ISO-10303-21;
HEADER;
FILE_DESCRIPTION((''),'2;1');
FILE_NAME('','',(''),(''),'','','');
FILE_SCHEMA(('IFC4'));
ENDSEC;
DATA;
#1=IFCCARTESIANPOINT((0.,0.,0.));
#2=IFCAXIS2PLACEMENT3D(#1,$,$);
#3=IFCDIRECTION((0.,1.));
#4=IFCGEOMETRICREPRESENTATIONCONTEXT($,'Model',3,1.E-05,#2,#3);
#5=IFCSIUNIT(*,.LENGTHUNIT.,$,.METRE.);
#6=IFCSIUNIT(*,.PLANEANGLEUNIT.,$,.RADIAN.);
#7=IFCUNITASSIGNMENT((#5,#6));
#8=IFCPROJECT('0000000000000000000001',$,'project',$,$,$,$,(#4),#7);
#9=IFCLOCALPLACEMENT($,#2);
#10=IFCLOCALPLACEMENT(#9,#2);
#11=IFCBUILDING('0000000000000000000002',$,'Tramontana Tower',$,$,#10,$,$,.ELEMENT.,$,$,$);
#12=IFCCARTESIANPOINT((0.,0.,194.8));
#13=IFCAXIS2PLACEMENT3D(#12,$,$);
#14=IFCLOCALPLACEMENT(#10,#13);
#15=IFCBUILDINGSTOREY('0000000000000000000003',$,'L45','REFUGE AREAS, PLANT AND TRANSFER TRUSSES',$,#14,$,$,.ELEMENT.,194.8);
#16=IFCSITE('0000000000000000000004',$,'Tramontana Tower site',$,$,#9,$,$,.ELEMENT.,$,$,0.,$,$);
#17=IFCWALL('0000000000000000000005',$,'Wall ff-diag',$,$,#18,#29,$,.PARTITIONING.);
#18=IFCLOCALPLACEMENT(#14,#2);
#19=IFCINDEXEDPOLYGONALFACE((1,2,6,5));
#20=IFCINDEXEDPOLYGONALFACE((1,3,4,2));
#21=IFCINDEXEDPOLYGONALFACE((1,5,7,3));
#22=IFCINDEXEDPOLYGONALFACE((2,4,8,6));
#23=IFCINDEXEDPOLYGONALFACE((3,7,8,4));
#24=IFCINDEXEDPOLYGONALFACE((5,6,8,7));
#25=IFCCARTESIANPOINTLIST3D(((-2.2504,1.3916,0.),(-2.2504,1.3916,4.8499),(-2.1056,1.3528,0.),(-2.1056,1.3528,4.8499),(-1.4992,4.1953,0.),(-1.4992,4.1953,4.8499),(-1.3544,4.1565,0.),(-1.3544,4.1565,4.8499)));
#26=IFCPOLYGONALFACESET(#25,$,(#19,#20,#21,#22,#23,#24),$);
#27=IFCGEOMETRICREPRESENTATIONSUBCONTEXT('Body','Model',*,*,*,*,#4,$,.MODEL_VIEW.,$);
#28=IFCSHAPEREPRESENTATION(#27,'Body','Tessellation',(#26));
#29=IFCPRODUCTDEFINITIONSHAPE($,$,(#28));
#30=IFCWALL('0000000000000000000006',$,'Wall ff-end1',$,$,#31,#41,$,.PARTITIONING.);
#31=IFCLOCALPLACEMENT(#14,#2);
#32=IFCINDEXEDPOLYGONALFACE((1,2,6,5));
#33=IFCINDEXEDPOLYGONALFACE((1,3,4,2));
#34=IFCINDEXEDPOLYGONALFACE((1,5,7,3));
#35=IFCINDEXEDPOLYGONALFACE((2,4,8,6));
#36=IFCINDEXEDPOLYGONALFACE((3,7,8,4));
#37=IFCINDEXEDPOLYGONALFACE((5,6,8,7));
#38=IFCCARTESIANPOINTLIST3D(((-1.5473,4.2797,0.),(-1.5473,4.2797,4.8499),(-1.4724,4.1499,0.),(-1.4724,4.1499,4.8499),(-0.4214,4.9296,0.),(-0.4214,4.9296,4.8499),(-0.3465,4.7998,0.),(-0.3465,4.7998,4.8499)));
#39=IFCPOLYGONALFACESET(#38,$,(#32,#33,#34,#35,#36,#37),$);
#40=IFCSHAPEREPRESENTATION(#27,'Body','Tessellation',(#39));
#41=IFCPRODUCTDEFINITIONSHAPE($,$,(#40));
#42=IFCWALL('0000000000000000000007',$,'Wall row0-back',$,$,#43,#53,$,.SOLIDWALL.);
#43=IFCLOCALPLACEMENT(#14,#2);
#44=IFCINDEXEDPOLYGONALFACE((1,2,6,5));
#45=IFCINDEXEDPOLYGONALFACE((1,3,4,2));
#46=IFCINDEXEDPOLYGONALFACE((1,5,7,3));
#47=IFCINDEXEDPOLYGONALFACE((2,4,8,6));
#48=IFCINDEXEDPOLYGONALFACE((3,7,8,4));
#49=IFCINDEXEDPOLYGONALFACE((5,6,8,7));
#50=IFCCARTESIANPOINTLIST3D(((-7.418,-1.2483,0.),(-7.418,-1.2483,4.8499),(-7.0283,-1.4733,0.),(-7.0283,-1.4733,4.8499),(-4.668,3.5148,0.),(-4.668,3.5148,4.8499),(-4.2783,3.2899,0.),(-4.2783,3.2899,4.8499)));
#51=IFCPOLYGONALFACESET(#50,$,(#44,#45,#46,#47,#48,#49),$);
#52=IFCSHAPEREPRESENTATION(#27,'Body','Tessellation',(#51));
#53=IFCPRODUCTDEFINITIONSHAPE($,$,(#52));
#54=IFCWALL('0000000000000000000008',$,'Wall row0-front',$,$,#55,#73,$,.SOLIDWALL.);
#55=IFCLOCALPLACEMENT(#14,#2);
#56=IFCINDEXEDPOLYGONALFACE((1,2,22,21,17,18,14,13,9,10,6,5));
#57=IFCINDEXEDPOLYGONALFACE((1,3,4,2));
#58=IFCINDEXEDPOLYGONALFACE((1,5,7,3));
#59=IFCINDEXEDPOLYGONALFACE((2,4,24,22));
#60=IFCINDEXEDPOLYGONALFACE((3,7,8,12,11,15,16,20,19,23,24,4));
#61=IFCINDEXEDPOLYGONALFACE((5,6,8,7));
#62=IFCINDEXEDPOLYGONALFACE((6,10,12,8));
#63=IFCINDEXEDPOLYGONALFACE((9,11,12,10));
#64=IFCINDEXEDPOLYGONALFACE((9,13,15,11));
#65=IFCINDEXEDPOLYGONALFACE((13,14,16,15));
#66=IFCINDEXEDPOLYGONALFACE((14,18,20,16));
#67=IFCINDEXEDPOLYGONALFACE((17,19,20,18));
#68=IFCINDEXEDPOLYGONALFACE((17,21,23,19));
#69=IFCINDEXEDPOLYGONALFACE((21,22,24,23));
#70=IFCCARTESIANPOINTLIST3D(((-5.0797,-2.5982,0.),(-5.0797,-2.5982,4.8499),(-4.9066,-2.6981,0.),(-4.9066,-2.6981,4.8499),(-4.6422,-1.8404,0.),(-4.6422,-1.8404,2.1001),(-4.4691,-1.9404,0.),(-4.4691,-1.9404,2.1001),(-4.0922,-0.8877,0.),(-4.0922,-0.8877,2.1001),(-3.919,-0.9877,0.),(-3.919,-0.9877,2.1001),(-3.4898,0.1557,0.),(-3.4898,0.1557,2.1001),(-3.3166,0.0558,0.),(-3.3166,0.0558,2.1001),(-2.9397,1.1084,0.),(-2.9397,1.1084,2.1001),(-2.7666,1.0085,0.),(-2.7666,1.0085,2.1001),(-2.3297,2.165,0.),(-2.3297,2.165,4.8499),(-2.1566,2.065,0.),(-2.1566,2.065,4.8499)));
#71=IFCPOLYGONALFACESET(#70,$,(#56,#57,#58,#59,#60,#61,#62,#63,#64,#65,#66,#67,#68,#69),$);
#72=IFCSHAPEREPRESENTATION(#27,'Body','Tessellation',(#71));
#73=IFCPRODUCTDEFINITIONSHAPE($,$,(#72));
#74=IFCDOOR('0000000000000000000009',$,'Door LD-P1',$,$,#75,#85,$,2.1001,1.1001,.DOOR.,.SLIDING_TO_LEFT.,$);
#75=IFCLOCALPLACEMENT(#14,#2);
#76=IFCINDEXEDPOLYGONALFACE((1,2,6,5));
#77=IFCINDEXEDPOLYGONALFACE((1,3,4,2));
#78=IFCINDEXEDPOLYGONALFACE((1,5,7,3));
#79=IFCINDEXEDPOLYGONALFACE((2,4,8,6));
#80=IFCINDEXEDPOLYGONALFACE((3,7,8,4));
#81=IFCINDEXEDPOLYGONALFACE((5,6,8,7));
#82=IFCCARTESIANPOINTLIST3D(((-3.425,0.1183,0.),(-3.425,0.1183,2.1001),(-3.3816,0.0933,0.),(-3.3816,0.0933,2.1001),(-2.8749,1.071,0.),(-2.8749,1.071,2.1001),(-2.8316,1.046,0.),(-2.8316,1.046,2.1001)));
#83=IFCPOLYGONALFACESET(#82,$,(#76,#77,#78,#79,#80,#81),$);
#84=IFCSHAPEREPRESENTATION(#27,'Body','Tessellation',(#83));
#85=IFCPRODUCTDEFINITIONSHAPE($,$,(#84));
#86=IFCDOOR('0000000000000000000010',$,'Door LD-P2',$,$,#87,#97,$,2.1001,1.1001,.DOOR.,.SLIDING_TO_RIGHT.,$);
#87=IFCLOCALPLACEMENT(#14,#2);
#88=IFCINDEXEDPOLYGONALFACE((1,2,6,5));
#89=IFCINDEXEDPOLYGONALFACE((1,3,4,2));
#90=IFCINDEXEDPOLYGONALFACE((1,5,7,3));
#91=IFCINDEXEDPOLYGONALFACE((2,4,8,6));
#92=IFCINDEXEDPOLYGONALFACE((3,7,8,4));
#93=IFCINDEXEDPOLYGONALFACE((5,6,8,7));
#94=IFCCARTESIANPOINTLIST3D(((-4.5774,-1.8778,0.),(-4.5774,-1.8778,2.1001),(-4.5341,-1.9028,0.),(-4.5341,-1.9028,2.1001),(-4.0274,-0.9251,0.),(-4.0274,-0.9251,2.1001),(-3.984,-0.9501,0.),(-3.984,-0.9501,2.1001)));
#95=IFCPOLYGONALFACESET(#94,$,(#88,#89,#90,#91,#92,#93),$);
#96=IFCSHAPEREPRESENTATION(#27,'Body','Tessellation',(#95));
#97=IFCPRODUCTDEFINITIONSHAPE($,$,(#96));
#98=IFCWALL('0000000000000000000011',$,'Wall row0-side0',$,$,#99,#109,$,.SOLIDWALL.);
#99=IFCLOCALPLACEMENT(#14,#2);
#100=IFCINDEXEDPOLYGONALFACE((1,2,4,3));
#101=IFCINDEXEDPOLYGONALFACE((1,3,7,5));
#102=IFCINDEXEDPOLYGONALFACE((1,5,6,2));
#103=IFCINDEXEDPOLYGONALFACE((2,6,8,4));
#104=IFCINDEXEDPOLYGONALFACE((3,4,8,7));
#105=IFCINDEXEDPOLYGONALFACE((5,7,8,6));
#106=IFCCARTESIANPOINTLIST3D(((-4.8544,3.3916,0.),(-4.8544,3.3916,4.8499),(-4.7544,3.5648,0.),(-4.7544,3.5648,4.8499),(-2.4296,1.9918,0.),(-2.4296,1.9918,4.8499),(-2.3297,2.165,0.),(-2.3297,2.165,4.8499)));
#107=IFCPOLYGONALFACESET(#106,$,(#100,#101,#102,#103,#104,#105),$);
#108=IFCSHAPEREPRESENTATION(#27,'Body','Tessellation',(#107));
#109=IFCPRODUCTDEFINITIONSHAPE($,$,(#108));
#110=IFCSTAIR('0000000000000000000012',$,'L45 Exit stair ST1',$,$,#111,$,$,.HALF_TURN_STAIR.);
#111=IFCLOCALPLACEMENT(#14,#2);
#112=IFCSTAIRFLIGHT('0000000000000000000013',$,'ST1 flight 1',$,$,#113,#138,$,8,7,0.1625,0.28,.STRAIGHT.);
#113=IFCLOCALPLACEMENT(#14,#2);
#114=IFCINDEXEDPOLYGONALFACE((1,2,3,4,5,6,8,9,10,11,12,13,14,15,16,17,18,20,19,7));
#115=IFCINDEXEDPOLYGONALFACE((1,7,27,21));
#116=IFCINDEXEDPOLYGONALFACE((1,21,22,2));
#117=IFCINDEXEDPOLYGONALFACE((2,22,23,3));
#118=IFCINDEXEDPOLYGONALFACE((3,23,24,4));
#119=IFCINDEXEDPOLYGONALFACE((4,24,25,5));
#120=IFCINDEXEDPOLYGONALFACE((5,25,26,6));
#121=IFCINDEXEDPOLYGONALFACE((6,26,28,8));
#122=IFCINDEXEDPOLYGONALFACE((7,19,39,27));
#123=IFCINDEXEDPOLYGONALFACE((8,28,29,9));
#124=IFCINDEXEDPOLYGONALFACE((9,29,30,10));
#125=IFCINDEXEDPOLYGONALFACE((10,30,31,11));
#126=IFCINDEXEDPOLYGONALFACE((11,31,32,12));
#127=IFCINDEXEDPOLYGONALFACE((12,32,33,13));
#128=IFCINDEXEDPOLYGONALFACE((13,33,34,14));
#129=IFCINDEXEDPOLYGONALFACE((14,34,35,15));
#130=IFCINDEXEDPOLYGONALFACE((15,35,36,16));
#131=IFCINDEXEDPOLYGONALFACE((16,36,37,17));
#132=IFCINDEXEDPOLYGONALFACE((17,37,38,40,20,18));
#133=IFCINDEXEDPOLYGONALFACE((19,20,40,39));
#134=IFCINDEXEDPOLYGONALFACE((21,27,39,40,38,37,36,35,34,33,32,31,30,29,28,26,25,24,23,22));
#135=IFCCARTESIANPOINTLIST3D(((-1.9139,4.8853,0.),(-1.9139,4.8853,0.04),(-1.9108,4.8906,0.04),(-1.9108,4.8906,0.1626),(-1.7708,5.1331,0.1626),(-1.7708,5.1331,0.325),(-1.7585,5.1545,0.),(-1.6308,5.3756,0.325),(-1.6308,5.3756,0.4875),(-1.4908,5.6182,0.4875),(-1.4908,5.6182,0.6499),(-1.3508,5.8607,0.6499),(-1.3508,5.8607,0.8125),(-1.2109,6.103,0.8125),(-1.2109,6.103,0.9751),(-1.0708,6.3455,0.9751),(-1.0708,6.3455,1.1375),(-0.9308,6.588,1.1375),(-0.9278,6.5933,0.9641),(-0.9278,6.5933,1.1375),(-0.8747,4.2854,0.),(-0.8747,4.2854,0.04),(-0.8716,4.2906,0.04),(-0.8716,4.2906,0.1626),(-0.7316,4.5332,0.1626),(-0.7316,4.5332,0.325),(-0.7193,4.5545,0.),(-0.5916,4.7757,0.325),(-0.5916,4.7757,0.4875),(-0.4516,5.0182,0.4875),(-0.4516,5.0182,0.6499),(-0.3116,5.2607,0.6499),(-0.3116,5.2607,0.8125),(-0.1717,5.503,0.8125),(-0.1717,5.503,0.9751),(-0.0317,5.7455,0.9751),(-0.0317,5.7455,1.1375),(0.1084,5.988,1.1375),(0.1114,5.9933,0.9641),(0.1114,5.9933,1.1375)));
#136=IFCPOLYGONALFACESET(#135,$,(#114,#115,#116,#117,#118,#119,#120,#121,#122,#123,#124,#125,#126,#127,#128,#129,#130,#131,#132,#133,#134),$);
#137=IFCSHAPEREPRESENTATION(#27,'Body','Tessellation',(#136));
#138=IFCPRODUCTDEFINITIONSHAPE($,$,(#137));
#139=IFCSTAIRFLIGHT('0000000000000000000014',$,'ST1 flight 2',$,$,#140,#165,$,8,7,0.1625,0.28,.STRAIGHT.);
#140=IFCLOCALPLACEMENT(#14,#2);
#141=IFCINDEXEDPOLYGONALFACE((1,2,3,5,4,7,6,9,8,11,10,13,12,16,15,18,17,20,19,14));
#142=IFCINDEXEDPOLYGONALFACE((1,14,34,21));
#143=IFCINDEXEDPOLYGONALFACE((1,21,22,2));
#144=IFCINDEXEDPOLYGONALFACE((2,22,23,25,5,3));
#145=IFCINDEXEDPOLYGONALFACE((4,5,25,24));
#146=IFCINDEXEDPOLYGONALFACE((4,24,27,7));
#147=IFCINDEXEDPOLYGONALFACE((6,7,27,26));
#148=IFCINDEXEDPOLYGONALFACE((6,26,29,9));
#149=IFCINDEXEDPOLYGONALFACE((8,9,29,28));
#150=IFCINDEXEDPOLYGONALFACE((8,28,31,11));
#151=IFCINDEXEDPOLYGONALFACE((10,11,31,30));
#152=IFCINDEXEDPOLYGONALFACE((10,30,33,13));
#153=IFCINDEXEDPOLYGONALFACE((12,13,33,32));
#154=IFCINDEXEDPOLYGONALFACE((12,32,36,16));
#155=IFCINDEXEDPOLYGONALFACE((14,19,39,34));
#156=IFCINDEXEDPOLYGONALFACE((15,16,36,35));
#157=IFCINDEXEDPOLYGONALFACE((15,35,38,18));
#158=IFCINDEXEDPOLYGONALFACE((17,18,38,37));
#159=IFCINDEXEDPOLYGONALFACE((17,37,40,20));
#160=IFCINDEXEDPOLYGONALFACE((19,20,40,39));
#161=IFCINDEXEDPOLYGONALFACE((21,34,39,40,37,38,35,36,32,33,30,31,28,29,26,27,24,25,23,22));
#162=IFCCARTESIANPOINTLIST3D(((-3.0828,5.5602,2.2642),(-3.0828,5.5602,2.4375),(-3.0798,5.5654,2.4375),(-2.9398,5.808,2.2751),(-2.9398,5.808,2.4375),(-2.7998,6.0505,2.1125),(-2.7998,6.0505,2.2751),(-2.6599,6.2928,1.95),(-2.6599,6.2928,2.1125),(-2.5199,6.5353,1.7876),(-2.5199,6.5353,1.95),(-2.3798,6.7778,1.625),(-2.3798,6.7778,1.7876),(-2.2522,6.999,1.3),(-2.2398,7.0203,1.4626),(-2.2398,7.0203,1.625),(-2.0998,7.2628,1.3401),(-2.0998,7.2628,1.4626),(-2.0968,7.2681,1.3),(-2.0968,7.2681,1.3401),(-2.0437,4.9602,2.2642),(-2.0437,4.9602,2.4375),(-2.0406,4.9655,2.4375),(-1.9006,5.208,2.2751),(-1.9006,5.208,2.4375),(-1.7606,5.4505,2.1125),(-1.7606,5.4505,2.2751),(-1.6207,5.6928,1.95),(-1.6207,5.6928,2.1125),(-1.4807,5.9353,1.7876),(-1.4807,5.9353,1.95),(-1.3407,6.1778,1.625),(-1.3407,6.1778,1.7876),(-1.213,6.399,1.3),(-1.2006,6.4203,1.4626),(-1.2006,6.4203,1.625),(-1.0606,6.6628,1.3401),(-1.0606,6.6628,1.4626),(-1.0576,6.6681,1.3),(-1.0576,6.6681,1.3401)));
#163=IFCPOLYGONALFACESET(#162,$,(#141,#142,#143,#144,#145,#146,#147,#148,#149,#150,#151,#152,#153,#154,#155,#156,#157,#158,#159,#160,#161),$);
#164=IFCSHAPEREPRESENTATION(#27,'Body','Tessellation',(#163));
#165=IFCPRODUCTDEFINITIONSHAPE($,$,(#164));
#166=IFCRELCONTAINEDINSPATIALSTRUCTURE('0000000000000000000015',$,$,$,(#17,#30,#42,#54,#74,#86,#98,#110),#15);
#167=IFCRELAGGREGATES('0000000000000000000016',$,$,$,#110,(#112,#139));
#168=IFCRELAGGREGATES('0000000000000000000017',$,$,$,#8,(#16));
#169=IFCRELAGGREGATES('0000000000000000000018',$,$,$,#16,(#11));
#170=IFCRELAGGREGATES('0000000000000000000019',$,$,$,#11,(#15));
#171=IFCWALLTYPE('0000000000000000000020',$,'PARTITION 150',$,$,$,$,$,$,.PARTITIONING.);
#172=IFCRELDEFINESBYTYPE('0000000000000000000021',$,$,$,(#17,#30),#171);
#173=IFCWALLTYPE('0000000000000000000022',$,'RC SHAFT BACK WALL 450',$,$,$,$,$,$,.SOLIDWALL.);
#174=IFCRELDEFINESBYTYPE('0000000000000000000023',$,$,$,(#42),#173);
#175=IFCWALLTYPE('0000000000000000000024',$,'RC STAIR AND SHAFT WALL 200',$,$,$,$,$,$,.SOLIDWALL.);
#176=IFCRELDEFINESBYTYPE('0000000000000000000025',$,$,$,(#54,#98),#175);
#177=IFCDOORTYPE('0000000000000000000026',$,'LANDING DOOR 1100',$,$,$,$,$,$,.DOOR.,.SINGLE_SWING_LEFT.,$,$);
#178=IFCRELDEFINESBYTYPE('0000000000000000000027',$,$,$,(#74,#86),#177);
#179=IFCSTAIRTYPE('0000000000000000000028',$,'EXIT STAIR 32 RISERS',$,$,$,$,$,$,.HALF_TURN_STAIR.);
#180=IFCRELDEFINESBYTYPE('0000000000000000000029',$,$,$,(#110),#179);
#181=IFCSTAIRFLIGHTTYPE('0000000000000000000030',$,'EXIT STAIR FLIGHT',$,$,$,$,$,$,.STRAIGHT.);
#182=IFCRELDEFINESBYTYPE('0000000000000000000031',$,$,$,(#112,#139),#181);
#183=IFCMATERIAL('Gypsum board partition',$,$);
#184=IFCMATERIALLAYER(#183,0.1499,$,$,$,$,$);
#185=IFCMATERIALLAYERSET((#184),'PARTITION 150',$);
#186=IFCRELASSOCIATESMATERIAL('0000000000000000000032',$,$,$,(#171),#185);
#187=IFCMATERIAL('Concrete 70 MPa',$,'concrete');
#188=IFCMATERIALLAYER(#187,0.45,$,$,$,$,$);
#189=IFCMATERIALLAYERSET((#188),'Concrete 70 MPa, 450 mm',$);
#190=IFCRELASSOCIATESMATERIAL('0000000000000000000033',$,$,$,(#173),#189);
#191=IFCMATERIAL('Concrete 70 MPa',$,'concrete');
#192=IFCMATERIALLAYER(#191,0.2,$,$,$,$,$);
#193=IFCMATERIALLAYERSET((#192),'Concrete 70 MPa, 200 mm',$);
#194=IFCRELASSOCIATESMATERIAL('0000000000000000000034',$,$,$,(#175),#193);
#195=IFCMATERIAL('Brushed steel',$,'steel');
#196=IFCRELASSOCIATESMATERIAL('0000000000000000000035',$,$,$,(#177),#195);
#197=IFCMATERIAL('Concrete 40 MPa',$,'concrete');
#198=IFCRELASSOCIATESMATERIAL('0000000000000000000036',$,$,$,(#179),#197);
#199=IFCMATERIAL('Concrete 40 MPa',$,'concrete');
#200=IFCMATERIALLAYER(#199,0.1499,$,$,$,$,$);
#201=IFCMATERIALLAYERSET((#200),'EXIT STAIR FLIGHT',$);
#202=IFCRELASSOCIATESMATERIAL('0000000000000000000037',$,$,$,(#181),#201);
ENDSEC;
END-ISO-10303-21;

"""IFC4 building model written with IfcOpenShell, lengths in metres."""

from ifc_helpers import new_model, si_unit, direction, frame, frame_2d, origin, place, context, subcontext, project, spatial, polyline, rectangle, outline, extrude, material, layer, layer_set, type_object, element, fill, aggregate, save


model = new_model("IFC4")

# Units and contexts
model_context = context("Model", 3, precision=1e-05, world=origin(), true_north=direction((0.0, 1.0)))
body_context = subcontext(model_context, "Body", "Model", "MODEL_VIEW")
ifc_project = project(units=[si_unit("LENGTHUNIT", "METRE"), si_unit("PLANEANGLEUNIT", "RADIAN")], contexts=[model_context])

# Site, building, storey
site_placement = place(None, origin())
site = spatial("IfcSite", under=ifc_project, at=site_placement, Name="Tramontana Tower site", CompositionType="ELEMENT", RefElevation=0.0)
building_placement = place(site_placement, origin())
building = spatial("IfcBuilding", under=site, at=building_placement, Name="Tramontana Tower", CompositionType="ELEMENT")
storey_placement = place(building_placement, frame((0.0, 0.0, 194.8)))
storey = spatial("IfcBuildingStorey", under=building, at=storey_placement, Name="L45", Description="REFUGE AREAS, PLANT AND TRANSFER TRUSSES", CompositionType="ELEMENT", Elevation=194.8)

# Walls
ifc_material_1 = material(Name="Gypsum board partition")
ifc_layer_1 = layer(ifc_material_1, 0.1499)
ifc_layer_set_1 = layer_set([ifc_layer_1], Name="PARTITION 150")
wall_type_1 = type_object("IfcWallType", Name="PARTITION 150", PredefinedType="PARTITIONING", material=ifc_layer_set_1)
wall_1_placement = place(storey_placement, frame((-2.178, 1.3723, 0.0), z_axis=(0.0, 0.0, 1.0), x_axis=(0.258809, 0.965929, 0.0)))
element("IfcWall", 1, at=wall_1_placement, inside=storey, type_object=wall_type_1, Name="Wall ff-diag", PredefinedType="PARTITIONING", context=body_context, shape_type="SweptSolid", body=[
    extrude(rectangle(XDim=2.9026, YDim=0.1499, at=frame_2d((1.4512, 0.0))), origin(), (0.0, 0.0, 1.0), 4.8499),
])
wall_2_placement = place(storey_placement, frame((-1.5098, 4.2148, 0.0), z_axis=(0.0, 0.0, 1.0), x_axis=(0.866086, 0.499896, 0.0)))
element("IfcWall", 2, at=wall_2_placement, inside=storey, type_object=wall_type_1, Name="Wall ff-end1", PredefinedType="PARTITIONING", context=body_context, shape_type="SweptSolid", body=[
    extrude(rectangle(XDim=1.3, YDim=0.1499, at=frame_2d((0.6499, 0.0))), origin(), (0.0, 0.0, 1.0), 4.8499),
])
ifc_material_2 = material(Name="Concrete 70 MPa", Category="concrete")
ifc_layer_2 = layer(ifc_material_2, 0.45)
ifc_layer_set_2 = layer_set([ifc_layer_2], Name="Concrete 70 MPa, 450 mm")
wall_type_2 = type_object("IfcWallType", Name="RC SHAFT BACK WALL 450", PredefinedType="SOLIDWALL", material=ifc_layer_set_2)
wall_3_placement = place(storey_placement, frame((-4.4731, 3.4023, 0.0), z_axis=(0.0, 0.0, 1.0), x_axis=(-0.499997, -0.866027, 0.0)))
element("IfcWall", 3, at=wall_3_placement, inside=storey, type_object=wall_type_2, Name="Wall row0-back", PredefinedType="SOLIDWALL", context=body_context, shape_type="SweptSolid", body=[
    extrude(rectangle(XDim=5.5, YDim=0.45, at=frame_2d((2.75, 0.0))), origin(), (0.0, 0.0, 1.0), 4.8499),
])

# Shared definitions
ifc_material_3 = material(Name="Concrete 70 MPa", Category="concrete")
ifc_layer_3 = layer(ifc_material_3, 0.2)
ifc_layer_set_3 = layer_set([ifc_layer_3], Name="Concrete 70 MPa, 200 mm")
wall_type_3 = type_object("IfcWallType", Name="RC STAIR AND SHAFT WALL 200", PredefinedType="SOLIDWALL", material=ifc_layer_set_3)

# Wall, openings, doors
wall_4_placement = place(storey_placement, frame((-2.2432, 2.115, 0.0), z_axis=(0.0, 0.0, 1.0), x_axis=(-0.499997, -0.866027, 0.0)))
wall_4 = element("IfcWall", 4, at=wall_4_placement, inside=storey, type_object=wall_type_3, Name="Wall row0-front", PredefinedType="SOLIDWALL", context=body_context, shape_type="SweptSolid", body=[
    extrude(rectangle(XDim=5.5, YDim=0.2, at=frame_2d((2.75, 0.0))), origin(), (0.0, 0.0, 1.0), 4.8499),
])
opening_1_placement = place(wall_4_placement, frame((1.22, 0.0, 0.0)))
opening_1 = element("IfcOpeningElement", 5, at=opening_1_placement, cuts=wall_4, PredefinedType="OPENING", context=body_context, shape_type="SweptSolid", body=[
    extrude(rectangle(XDim=1.1001, YDim=2.1001, at=frame_2d((0.55, 1.05))), frame((0.0, 0.1099, 0.0), z_axis=(0.0, -1.0, 0.0), x_axis=(1.0, 0.0, 0.0)), (0.0, 0.0, 1.0), 0.22),
])
opening_2_placement = place(wall_4_placement, frame((3.5249, 0.0, 0.0)))
opening_2 = element("IfcOpeningElement", 6, at=opening_2_placement, cuts=wall_4, PredefinedType="OPENING", context=body_context, shape_type="SweptSolid", body=[
    extrude(rectangle(XDim=1.1001, YDim=2.1001, at=frame_2d((0.55, 1.05))), frame((0.0, 0.1099, 0.0), z_axis=(0.0, -1.0, 0.0), x_axis=(1.0, 0.0, 0.0)), (0.0, 0.0, 1.0), 0.22),
])
ifc_material_4 = material(Name="Brushed steel", Category="steel")
door_type_1 = type_object("IfcDoorType", Name="LANDING DOOR 1100", OperationType="SINGLE_SWING_LEFT", PredefinedType="DOOR", material=ifc_material_4)
door_1_placement = place(opening_1_placement, origin())
door_1 = element("IfcDoor", 7, at=door_1_placement, inside=storey, type_object=door_type_1, Name="Door LD-P1", OperationType="SLIDING_TO_LEFT", OverallHeight=2.1001, OverallWidth=1.1001, PredefinedType="DOOR", context=body_context, shape_type="SweptSolid", body=[
    extrude(rectangle(XDim=1.1001, YDim=2.1001, at=frame_2d((0.55, 1.05))), frame((0.0, 0.0249, 0.0), z_axis=(0.0, -1.0, 0.0), x_axis=(1.0, 0.0, 0.0)), (0.0, 0.0, 1.0), 0.05),
])
fill(opening_1, door_1)
door_2_placement = place(opening_2_placement, origin())
door_2 = element("IfcDoor", 8, at=door_2_placement, inside=storey, type_object=door_type_1, Name="Door LD-P2", OperationType="SLIDING_TO_RIGHT", OverallHeight=2.1001, OverallWidth=1.1001, PredefinedType="DOOR", context=body_context, shape_type="SweptSolid", body=[
    extrude(rectangle(XDim=1.1001, YDim=2.1001, at=frame_2d((0.55, 1.05))), frame((0.0, 0.0249, 0.0), z_axis=(0.0, -1.0, 0.0), x_axis=(1.0, 0.0, 0.0)), (0.0, 0.0, 1.0), 0.05),
])
fill(opening_2, door_2)

# Wall
wall_5_placement = place(storey_placement, frame((-2.3796, 2.0784, 0.0), z_axis=(0.0, 0.0, 1.0), x_axis=(-0.866035, 0.499984, 0.0)))
element("IfcWall", 9, at=wall_5_placement, inside=storey, type_object=wall_type_3, Name="Wall row0-side0", PredefinedType="SOLIDWALL", context=body_context, shape_type="SweptSolid", body=[
    extrude(rectangle(XDim=2.7998, YDim=0.2, at=frame_2d((1.3999, 0.0))), origin(), (0.0, 0.0, 1.0), 4.8499),
])

# Stair, stair flights
ifc_material_5 = material(Name="Concrete 40 MPa", Category="concrete")
stair_type = type_object("IfcStairType", Name="EXIT STAIR 32 RISERS", PredefinedType="HALF_TURN_STAIR", material=ifc_material_5)
stair_placement = place(storey_placement, origin())
stair = element("IfcStair", 10, at=stair_placement, inside=storey, type_object=stair_type, Name="L45 Exit stair ST1", PredefinedType="HALF_TURN_STAIR")
ifc_material_6 = material(Name="Concrete 40 MPa", Category="concrete")
ifc_layer_4 = layer(ifc_material_6, 0.1499)
ifc_layer_set_4 = layer_set([ifc_layer_4], Name="EXIT STAIR FLIGHT")
stair_flight_type = type_object("IfcStairFlightType", Name="EXIT STAIR FLIGHT", PredefinedType="STRAIGHT", material=ifc_layer_set_4)
stair_flight_1_placement = place(storey_placement, frame((-1.3911, 4.5906, 0.0), z_axis=(0.0, 0.0, 1.0), x_axis=(0.5, 0.866025, 0.0)))
stair_flight_1 = element("IfcStairFlight", 11, at=stair_flight_1_placement, type_object=stair_flight_type, Name="ST1 flight 1", NumberOfRisers=8, NumberOfTreads=7, PredefinedType="STRAIGHT", RiserHeight=0.1625, TreadLength=0.28, context=body_context, shape_type="SweptSolid", body=[
    extrude(outline(polyline([(-0.0061, 0.0), (-0.0061, 0.04), (0.0, 0.04), (0.0, 0.1626), (0.28, 0.1626), (0.28, 0.325), (0.5601, 0.325), (0.5601, 0.4875), (0.8401, 0.4875), (0.8401, 0.6499), (1.1201, 0.6499), (1.1201, 0.8125), (1.3999, 0.8125), (1.3999, 0.9751), (1.6799, 0.9751), (1.6799, 1.1375), (1.96, 1.1375), (1.9661, 1.1375), (1.9661, 0.9641), (0.3047, 0.0), (-0.0061, 0.0)])), frame((0.0, 0.6001, 0.0), z_axis=(0.0, -1.0, 0.0), x_axis=(1.0, 0.0, 0.0)), (0.0, 0.0, 1.0), 1.2),
])
stair_flight_2_placement = place(storey_placement, frame((-1.5803, 6.9629, 1.3), z_axis=(0.0, 0.0, 1.0), x_axis=(-0.5, -0.866025, 0.0)))
stair_flight_2 = element("IfcStairFlight", 12, at=stair_flight_2_placement, type_object=stair_flight_type, Name="ST1 flight 2", NumberOfRisers=8, NumberOfTreads=7, PredefinedType="STRAIGHT", RiserHeight=0.1625, TreadLength=0.28, context=body_context, shape_type="SweptSolid", body=[
    extrude(outline(polyline([(-0.0061, 0.0), (-0.0061, 0.04), (0.0, 0.04), (0.0, 0.1626), (0.28, 0.1626), (0.28, 0.325), (0.5601, 0.325), (0.5601, 0.4875), (0.8401, 0.4875), (0.8401, 0.6499), (1.1201, 0.6499), (1.1201, 0.8125), (1.3999, 0.8125), (1.3999, 0.9751), (1.6799, 0.9751), (1.6799, 1.1375), (1.96, 1.1375), (1.9661, 1.1375), (1.9661, 0.9641), (0.3047, 0.0), (-0.0061, 0.0)])), frame((0.0, 0.6001, 0.0), z_axis=(0.0, -1.0, 0.0), x_axis=(1.0, 0.0, 0.0)), (0.0, 0.0, 1.0), 1.2),
])
aggregate(stair, [stair_flight_1, stair_flight_2])

save(model, "model.ifc")
